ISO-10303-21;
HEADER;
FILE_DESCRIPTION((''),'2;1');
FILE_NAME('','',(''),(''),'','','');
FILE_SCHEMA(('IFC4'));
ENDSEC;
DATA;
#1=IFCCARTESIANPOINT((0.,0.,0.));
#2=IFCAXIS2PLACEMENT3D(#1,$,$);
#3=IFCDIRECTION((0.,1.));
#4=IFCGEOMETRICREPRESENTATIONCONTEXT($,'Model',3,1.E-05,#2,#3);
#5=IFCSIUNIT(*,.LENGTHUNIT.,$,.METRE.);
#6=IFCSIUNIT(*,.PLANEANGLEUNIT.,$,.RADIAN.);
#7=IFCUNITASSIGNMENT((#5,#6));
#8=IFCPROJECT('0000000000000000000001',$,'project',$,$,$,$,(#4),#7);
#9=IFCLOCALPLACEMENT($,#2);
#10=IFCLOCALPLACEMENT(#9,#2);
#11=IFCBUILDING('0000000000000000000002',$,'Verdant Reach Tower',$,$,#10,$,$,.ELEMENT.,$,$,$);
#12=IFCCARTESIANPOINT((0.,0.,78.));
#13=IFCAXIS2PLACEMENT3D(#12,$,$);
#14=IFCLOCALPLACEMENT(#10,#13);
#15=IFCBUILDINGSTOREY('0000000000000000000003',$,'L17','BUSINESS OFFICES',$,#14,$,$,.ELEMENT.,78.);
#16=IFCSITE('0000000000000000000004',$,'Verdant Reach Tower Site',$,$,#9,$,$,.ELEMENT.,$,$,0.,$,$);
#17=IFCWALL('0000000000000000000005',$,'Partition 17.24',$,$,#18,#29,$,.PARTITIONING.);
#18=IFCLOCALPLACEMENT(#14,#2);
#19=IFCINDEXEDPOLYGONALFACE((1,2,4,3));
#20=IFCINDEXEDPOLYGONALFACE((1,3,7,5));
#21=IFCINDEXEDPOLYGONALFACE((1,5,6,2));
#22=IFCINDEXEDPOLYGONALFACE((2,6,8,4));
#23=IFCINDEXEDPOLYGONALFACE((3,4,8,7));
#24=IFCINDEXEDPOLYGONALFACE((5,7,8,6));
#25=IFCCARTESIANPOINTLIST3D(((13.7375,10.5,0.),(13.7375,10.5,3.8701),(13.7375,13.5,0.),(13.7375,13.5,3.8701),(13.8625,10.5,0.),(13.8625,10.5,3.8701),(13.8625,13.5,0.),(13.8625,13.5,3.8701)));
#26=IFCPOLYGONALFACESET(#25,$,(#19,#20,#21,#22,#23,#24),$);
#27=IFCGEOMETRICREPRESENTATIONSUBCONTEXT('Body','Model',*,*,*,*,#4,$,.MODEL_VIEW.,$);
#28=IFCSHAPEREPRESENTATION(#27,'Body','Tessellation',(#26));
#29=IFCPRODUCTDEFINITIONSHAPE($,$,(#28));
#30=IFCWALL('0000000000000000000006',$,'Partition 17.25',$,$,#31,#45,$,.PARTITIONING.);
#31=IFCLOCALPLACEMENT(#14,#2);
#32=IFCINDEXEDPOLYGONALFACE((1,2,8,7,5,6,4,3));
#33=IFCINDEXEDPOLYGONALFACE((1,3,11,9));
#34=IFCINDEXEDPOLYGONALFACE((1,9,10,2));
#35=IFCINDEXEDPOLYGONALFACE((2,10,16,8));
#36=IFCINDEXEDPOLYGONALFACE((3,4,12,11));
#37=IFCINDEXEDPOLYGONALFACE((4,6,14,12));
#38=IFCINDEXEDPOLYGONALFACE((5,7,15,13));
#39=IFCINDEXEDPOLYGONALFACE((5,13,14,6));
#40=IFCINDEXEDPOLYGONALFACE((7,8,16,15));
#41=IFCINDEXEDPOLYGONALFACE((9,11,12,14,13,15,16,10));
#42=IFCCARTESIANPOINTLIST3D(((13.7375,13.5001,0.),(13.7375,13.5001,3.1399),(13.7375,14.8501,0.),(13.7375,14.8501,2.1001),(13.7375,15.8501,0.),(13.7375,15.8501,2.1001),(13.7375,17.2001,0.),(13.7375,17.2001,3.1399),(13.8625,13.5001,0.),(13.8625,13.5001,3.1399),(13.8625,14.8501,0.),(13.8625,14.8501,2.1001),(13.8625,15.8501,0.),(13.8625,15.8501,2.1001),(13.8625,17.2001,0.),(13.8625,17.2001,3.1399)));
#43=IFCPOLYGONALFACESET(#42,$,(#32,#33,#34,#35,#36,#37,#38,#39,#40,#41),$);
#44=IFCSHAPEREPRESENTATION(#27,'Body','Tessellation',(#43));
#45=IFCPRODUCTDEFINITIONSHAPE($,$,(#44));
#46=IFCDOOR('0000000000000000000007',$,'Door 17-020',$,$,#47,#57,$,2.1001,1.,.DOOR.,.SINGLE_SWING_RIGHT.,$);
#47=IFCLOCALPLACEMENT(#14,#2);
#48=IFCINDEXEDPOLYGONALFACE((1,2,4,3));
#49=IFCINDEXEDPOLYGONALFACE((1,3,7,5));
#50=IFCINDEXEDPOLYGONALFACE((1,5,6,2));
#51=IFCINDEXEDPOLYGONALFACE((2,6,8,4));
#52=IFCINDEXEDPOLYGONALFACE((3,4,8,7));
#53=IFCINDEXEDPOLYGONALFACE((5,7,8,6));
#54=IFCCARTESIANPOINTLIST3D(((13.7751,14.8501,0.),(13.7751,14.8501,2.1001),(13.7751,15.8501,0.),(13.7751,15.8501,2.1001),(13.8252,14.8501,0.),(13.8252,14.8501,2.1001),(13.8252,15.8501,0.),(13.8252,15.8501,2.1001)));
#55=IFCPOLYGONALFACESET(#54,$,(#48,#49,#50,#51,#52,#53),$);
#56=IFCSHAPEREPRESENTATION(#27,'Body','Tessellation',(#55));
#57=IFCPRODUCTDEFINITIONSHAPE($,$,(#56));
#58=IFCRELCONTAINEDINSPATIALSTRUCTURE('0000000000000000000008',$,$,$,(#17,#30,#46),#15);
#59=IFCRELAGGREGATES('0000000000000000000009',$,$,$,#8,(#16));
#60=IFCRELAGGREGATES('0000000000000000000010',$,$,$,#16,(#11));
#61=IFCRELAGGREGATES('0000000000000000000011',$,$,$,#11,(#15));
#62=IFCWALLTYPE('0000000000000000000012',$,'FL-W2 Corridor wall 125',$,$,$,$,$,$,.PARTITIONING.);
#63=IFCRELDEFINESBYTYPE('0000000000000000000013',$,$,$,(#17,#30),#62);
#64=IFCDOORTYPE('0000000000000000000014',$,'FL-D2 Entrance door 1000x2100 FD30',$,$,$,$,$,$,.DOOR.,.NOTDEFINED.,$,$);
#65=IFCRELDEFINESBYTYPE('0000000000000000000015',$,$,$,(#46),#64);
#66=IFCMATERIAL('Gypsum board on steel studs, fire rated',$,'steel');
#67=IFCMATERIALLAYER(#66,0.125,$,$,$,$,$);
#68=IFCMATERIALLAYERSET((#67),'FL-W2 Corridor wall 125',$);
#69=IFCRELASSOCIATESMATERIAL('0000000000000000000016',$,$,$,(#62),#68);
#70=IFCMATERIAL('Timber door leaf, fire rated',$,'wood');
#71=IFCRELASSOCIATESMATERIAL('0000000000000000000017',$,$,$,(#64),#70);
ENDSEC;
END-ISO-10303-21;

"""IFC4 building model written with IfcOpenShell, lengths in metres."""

from ifc_helpers import new_model, si_unit, direction, frame, frame_2d, origin, place, context, subcontext, project, spatial, rectangle, extrude, material, layer, layer_set, type_object, element, fill, save


model = new_model("IFC4")

# Units and contexts
model_context = context("Model", 3, precision=1e-05, world=origin(), true_north=direction((0.0, 1.0)))
body_context = subcontext(model_context, "Body", "Model", "MODEL_VIEW")
ifc_project = project(units=[si_unit("LENGTHUNIT", "METRE"), si_unit("PLANEANGLEUNIT", "RADIAN")], contexts=[model_context])

# Site, building, storey
site_placement = place(None, origin())
site = spatial("IfcSite", under=ifc_project, at=site_placement, Name="Verdant Reach Tower Site", CompositionType="ELEMENT", RefElevation=0.0)
building_placement = place(site_placement, origin())
building = spatial("IfcBuilding", under=site, at=building_placement, Name="Verdant Reach Tower", CompositionType="ELEMENT")
storey_placement = place(building_placement, frame((0.0, 0.0, 78.0)))
storey = spatial("IfcBuildingStorey", under=building, at=storey_placement, Name="L17", Description="BUSINESS OFFICES", CompositionType="ELEMENT", Elevation=78.0)

# Shared definitions
ifc_material_1 = material(Name="Gypsum board on steel studs, fire rated", Category="steel")
ifc_layer_1 = layer(ifc_material_1, 0.125)
ifc_layer_set_1 = layer_set([ifc_layer_1], Name="FL-W2 Corridor wall 125")
wall_type_1 = type_object("IfcWallType", Name="FL-W2 Corridor wall 125", PredefinedType="PARTITIONING", material=ifc_layer_set_1)
ifc_material_2 = material(Name="Timber door leaf, fire rated", Category="wood")
door_type = type_object("IfcDoorType", Name="FL-D2 Entrance door 1000x2100 FD30", OperationType="NOTDEFINED", PredefinedType="DOOR", material=ifc_material_2)

# Wall
wall_1_placement = place(storey_placement, frame((13.8, 13.5, 0.0), z_axis=(0.0, 0.0, 1.0), x_axis=(0.0, -1.0, 0.0)))
element("IfcWall", 1, at=wall_1_placement, inside=storey, type_object=wall_type_1, Name="Partition 17.24", PredefinedType="PARTITIONING", context=body_context, shape_type="SweptSolid", body=[
    extrude(rectangle(XDim=3.0, YDim=0.125, at=frame_2d((1.5, 0.0))), origin(), (0.0, 0.0, 1.0), 3.8701),
])

# Wall, opening, door
wall_2_placement = place(storey_placement, frame((13.8, 13.5, 0.0), z_axis=(0.0, 0.0, 1.0), x_axis=(0.0, 1.0, 0.0)))
wall_2 = element("IfcWall", 2, at=wall_2_placement, inside=storey, type_object=wall_type_1, Name="Partition 17.25", PredefinedType="PARTITIONING", context=body_context, shape_type="SweptSolid", body=[
    extrude(rectangle(XDim=3.7, YDim=0.125, at=frame_2d((1.8501, 0.0))), origin(), (0.0, 0.0, 1.0), 3.1399),
])
opening_1_placement = place(wall_2_placement, frame((1.3501, 0.0, 0.0)))
opening_1 = element("IfcOpeningElement", 3, at=opening_1_placement, cuts=wall_2, PredefinedType="OPENING", context=body_context, shape_type="SweptSolid", body=[
    extrude(rectangle(XDim=1.0, YDim=2.1001, at=frame_2d((0.5, 1.05))), frame((0.0, 0.0725, 0.0), z_axis=(0.0, -1.0, 0.0), x_axis=(1.0, 0.0, 0.0)), (0.0, 0.0, 1.0), 0.145),
])
door_1_placement = place(opening_1_placement, origin())
door_1 = element("IfcDoor", 4, at=door_1_placement, inside=storey, type_object=door_type, Name="Door 17-020", OperationType="SINGLE_SWING_RIGHT", OverallHeight=2.1001, OverallWidth=1.0, PredefinedType="DOOR", context=body_context, shape_type="SweptSolid", body=[
    extrude(rectangle(XDim=1.0, YDim=2.1001, at=frame_2d((0.5, 1.05))), frame((0.0, 0.0249, 0.0), z_axis=(0.0, -1.0, 0.0), x_axis=(1.0, 0.0, 0.0)), (0.0, 0.0, 1.0), 0.05),
])
fill(opening_1, door_1)

save(model, "model.ifc")
